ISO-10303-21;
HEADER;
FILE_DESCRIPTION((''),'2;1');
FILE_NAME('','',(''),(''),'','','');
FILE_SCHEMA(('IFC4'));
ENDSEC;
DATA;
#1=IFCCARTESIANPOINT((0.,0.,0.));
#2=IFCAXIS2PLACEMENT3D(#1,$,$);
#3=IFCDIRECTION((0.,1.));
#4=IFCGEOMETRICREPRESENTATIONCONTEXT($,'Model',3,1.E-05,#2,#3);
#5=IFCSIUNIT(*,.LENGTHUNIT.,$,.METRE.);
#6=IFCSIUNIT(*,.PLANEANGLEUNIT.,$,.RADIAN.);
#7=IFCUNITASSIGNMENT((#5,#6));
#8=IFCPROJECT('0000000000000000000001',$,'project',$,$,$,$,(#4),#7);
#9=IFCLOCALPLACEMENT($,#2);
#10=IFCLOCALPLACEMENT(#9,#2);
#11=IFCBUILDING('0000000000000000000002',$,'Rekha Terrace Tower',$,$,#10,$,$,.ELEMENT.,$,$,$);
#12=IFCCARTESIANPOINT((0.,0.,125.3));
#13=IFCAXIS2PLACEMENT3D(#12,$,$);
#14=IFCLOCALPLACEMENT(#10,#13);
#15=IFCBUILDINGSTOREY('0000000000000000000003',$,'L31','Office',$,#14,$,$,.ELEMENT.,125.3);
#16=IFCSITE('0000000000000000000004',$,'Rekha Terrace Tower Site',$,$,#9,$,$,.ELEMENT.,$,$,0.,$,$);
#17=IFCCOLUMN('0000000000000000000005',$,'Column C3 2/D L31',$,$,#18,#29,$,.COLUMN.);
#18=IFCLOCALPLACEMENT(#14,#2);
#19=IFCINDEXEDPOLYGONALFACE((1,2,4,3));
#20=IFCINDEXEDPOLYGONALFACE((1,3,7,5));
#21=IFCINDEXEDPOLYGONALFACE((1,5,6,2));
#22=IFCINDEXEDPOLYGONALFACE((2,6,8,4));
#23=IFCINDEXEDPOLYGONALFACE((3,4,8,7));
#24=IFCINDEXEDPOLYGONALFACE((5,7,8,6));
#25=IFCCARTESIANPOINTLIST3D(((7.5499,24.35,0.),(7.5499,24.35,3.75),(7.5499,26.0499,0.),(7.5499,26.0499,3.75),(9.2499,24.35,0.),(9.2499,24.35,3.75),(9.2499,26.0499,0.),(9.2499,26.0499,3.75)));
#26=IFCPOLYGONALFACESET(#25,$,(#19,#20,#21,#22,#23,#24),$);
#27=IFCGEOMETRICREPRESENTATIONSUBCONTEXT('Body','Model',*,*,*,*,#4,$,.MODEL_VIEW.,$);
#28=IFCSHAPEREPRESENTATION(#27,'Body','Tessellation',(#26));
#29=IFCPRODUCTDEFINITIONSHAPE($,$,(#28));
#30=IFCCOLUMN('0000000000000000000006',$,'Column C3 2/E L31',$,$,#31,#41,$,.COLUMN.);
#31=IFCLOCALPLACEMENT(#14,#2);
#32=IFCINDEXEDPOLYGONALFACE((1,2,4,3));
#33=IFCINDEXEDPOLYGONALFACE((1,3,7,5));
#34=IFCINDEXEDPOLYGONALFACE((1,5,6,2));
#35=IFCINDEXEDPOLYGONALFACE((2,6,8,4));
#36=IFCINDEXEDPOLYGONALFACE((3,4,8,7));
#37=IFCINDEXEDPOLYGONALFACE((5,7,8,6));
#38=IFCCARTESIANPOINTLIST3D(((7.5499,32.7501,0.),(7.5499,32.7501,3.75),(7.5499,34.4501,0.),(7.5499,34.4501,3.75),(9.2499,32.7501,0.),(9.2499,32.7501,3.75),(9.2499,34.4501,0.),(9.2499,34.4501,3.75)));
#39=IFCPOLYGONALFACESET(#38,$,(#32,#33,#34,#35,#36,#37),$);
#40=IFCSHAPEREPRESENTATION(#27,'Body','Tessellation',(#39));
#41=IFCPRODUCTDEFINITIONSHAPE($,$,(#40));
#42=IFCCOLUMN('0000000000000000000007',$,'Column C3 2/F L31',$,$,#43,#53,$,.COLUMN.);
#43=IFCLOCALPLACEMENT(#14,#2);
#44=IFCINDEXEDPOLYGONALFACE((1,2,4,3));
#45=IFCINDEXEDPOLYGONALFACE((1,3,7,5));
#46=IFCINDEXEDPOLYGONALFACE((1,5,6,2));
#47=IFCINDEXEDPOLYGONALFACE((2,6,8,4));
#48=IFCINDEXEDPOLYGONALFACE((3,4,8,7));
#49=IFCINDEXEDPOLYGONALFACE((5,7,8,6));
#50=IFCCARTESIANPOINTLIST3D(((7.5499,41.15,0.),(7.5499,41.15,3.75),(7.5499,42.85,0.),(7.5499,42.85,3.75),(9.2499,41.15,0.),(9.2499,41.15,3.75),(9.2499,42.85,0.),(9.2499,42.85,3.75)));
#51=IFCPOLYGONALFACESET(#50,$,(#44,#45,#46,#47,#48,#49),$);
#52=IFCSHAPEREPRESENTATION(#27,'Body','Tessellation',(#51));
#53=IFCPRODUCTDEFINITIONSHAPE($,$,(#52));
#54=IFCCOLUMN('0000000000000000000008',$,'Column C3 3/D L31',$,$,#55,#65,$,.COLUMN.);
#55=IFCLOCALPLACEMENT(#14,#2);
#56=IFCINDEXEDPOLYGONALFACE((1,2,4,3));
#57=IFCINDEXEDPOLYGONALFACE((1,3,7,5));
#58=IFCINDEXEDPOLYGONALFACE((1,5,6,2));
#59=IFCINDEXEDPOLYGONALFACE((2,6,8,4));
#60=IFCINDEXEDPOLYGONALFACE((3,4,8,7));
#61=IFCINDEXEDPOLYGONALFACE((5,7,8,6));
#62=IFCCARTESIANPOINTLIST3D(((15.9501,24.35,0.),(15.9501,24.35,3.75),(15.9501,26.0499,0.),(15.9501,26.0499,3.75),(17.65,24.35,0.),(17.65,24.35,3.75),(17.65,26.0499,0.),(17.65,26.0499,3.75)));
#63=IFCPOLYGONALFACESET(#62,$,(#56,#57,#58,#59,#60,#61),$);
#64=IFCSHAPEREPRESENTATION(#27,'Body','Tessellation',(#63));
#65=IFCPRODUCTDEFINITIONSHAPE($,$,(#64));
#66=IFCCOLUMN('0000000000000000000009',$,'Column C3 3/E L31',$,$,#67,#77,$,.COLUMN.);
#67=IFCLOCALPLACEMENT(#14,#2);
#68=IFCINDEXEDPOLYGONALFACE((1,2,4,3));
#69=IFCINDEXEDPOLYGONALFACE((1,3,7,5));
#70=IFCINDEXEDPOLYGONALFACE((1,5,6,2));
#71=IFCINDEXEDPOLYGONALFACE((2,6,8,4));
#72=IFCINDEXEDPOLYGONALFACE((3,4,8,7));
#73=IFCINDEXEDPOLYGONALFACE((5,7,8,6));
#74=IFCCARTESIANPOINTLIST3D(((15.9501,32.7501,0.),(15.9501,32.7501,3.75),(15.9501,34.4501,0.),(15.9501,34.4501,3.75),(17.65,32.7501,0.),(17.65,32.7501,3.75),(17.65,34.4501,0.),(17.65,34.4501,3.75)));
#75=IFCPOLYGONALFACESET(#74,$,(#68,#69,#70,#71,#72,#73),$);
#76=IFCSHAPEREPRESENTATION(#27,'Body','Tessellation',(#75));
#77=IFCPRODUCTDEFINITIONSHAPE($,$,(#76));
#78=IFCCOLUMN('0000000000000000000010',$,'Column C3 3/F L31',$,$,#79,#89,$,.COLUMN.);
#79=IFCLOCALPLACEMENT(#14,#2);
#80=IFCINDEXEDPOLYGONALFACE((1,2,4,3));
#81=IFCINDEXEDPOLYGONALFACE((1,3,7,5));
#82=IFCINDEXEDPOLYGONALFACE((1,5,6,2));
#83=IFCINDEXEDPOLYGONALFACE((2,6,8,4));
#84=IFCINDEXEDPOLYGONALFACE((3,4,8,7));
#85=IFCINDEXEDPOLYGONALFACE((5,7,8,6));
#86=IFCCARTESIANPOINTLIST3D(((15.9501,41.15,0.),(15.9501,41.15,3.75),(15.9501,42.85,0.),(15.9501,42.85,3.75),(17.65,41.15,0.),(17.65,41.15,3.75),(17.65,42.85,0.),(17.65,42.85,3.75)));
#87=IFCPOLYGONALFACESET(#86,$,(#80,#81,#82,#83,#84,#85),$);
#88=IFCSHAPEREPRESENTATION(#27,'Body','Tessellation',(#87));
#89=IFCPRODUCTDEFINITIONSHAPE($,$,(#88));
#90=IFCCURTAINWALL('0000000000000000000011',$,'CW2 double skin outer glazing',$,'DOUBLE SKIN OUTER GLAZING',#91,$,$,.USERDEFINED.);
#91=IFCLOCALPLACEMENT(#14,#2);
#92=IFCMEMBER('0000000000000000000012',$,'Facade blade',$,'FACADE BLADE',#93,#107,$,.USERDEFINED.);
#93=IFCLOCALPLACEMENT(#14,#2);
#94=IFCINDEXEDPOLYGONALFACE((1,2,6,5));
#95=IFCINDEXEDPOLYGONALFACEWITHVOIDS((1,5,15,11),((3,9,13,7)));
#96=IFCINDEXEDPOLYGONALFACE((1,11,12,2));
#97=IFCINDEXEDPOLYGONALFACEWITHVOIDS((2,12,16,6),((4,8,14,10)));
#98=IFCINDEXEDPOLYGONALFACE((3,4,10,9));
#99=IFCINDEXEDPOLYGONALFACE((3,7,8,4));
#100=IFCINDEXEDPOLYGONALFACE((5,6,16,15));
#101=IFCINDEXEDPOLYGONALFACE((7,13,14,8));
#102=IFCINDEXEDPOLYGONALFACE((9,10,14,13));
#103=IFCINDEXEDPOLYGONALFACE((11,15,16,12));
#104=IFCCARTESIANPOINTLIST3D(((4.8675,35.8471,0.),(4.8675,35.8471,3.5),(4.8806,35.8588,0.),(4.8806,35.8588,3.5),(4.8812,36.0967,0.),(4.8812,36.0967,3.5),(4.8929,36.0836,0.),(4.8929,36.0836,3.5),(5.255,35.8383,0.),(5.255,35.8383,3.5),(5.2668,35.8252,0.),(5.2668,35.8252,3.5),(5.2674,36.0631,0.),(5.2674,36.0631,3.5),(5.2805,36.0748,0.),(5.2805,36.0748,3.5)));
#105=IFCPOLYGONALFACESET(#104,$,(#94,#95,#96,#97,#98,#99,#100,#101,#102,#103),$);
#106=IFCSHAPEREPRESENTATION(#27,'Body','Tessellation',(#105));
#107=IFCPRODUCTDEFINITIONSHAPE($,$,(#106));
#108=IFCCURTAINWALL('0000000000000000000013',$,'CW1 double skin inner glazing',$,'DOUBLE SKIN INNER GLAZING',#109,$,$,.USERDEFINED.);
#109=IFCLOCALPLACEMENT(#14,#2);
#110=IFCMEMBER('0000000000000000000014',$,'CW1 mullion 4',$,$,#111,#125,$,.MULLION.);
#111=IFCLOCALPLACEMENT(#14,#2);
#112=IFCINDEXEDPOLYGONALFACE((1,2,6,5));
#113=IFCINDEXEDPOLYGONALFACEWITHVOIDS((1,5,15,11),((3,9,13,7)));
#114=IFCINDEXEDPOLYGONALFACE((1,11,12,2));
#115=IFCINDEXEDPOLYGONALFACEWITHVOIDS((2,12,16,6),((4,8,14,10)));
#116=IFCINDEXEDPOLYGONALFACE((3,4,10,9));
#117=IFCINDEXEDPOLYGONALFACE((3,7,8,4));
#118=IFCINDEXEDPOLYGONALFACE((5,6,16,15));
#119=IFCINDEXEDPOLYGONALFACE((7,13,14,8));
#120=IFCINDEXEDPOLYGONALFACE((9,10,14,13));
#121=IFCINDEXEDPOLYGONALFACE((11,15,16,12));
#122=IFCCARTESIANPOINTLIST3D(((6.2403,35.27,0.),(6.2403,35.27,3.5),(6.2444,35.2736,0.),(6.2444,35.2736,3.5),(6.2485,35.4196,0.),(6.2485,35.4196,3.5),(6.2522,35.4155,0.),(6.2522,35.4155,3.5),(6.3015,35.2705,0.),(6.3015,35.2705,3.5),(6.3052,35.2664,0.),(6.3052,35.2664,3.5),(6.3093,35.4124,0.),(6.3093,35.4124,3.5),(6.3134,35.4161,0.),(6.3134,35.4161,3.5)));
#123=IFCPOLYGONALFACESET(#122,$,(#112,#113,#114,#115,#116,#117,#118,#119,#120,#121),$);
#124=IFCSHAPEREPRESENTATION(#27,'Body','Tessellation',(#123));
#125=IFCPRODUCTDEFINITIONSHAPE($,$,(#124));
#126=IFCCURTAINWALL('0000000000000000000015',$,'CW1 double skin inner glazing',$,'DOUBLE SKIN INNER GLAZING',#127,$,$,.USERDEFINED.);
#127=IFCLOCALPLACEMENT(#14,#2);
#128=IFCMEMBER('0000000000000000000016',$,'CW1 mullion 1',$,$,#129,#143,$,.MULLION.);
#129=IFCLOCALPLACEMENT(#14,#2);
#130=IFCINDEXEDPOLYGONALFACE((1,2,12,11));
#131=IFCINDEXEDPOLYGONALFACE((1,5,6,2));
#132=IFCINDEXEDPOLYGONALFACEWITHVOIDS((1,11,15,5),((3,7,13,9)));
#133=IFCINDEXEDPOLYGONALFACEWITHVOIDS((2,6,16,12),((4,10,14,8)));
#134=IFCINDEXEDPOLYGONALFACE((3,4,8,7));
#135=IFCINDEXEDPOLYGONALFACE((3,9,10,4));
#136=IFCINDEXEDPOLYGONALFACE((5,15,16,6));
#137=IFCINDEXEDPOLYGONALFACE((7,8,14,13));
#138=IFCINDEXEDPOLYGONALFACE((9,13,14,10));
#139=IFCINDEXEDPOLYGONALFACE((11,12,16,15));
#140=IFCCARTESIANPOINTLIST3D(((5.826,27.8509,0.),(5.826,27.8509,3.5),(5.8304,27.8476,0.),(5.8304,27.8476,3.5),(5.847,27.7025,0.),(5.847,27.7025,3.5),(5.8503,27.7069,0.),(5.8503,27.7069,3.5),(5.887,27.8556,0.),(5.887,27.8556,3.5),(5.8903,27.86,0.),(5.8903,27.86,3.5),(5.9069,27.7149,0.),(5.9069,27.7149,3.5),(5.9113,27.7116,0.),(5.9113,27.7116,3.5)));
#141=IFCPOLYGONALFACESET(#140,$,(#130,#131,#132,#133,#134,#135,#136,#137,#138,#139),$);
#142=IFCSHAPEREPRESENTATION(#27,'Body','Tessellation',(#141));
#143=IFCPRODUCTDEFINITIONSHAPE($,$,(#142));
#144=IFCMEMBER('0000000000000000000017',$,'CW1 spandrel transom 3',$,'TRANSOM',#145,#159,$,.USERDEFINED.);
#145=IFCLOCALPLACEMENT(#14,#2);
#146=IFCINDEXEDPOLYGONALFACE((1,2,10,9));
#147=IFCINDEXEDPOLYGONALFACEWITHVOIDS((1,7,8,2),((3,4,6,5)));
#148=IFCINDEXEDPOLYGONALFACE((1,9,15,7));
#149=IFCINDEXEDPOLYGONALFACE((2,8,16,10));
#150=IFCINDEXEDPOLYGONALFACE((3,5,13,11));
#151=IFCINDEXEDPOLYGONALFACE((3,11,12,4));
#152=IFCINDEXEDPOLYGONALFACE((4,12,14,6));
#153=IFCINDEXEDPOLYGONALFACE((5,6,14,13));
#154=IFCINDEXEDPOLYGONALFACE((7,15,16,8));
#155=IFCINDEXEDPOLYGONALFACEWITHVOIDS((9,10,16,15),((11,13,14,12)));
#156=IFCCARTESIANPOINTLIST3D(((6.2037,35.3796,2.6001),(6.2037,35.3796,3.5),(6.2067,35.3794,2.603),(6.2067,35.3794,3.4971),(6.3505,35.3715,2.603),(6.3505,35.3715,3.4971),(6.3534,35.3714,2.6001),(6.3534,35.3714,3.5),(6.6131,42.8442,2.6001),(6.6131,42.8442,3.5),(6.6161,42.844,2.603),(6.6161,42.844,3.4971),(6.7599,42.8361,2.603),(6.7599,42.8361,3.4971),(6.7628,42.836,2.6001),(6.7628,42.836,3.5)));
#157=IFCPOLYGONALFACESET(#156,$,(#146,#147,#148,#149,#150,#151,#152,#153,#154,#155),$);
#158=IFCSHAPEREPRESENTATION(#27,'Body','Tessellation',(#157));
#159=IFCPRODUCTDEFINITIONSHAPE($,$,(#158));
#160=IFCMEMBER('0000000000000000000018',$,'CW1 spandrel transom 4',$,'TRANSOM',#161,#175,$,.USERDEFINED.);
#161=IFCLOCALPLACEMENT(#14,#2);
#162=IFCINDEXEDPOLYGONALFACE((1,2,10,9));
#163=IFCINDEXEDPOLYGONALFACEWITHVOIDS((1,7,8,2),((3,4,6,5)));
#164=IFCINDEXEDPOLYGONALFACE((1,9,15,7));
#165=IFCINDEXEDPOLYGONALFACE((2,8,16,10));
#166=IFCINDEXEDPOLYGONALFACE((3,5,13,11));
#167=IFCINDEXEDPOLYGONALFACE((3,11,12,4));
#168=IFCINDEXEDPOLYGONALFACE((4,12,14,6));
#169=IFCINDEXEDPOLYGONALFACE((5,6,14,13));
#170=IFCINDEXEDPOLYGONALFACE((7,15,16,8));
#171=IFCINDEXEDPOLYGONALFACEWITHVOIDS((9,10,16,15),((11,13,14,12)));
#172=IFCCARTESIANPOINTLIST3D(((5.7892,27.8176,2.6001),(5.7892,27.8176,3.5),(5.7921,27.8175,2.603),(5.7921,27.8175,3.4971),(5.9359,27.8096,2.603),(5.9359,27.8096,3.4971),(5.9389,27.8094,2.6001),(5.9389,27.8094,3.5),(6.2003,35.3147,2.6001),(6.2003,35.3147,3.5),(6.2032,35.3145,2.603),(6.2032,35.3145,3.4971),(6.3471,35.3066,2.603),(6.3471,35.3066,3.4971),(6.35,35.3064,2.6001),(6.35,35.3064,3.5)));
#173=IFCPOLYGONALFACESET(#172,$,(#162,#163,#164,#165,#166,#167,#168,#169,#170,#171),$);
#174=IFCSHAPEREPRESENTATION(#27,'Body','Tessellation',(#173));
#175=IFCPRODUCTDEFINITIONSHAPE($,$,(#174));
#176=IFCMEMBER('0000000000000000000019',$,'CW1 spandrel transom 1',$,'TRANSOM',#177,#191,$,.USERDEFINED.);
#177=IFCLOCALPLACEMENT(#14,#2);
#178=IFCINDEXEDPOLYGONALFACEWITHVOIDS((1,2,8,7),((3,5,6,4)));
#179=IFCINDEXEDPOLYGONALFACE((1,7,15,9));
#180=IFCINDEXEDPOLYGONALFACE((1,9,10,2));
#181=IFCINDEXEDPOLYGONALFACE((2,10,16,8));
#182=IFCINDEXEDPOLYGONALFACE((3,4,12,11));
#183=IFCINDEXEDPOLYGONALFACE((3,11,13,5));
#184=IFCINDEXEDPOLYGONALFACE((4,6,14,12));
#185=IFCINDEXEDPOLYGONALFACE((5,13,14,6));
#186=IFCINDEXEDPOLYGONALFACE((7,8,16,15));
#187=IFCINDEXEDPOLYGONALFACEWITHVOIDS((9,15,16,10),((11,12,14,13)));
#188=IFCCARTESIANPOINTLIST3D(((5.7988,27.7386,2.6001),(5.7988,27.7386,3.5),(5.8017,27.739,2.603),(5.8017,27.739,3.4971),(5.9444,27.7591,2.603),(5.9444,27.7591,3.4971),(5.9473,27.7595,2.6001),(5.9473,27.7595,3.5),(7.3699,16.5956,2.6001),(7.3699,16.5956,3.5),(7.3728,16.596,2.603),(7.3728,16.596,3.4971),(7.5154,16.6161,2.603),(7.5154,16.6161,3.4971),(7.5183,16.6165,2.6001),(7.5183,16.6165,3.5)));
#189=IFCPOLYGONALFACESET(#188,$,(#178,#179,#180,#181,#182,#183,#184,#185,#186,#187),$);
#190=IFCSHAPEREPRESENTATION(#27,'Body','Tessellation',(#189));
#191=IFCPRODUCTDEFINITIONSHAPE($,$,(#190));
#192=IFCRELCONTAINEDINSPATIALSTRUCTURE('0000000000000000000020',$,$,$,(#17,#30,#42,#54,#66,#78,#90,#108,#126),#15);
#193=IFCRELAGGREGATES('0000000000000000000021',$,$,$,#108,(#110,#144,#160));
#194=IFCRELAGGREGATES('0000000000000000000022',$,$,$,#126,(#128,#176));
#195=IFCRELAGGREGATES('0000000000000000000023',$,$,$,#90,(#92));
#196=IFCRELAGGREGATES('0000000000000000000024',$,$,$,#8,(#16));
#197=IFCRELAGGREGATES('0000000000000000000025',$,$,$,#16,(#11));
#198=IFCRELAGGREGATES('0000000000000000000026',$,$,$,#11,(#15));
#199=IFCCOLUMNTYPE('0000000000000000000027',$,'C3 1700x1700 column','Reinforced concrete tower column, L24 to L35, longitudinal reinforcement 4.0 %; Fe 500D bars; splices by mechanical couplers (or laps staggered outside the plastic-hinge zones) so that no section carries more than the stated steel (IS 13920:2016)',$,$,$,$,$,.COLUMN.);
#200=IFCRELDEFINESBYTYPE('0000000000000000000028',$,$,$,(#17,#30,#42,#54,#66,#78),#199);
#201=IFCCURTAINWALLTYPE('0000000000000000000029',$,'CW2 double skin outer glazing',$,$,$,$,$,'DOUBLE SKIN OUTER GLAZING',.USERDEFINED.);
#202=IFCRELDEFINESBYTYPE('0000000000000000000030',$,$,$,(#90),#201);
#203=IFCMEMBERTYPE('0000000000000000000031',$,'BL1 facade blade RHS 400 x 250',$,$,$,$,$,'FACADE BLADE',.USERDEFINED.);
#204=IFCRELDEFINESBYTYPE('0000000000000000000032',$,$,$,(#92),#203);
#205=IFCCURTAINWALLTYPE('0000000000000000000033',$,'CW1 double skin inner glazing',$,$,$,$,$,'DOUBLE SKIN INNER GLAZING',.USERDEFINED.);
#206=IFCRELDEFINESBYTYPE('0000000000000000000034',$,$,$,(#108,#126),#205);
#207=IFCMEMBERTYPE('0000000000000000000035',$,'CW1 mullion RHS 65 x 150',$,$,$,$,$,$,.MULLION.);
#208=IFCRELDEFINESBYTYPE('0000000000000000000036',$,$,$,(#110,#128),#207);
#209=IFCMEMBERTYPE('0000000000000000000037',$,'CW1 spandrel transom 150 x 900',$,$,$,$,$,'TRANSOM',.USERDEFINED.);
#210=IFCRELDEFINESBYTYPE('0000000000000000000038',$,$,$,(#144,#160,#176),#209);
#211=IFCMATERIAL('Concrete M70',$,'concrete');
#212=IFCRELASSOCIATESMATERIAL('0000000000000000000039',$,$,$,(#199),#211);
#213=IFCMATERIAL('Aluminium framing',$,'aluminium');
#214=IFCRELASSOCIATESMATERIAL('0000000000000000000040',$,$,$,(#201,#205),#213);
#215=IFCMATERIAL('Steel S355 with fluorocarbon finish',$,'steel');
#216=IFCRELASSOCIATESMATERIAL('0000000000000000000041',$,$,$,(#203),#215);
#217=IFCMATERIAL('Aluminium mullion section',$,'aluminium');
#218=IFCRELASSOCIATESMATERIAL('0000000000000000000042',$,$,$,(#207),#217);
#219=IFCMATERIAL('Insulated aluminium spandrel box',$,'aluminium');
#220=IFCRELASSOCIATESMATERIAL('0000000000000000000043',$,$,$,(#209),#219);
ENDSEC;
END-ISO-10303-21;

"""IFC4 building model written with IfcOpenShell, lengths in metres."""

from ifc_helpers import new_model, si_unit, direction, frame, origin, origin_2d, place, context, subcontext, project, spatial, rectangle, hollow_rectangle, extrude, material, material_profile, profile_set, type_object, element, aggregate, save


model = new_model("IFC4")

# Units and contexts
model_context = context("Model", 3, precision=1e-05, world=origin(), true_north=direction((0.0, 1.0)))
body_context = subcontext(model_context, "Body", "Model", "MODEL_VIEW")
ifc_project = project(units=[si_unit("LENGTHUNIT", "METRE"), si_unit("PLANEANGLEUNIT", "RADIAN")], contexts=[model_context])

# Site, building, storey
site_placement = place(None, origin())
site = spatial("IfcSite", under=ifc_project, at=site_placement, Name="Rekha Terrace Tower Site", CompositionType="ELEMENT", RefElevation=0.0)
building_placement = place(site_placement, origin())
building = spatial("IfcBuilding", under=site, at=building_placement, Name="Rekha Terrace Tower", CompositionType="ELEMENT")
storey_placement = place(building_placement, frame((0.0, 0.0, 125.3)))
storey = spatial("IfcBuildingStorey", under=building, at=storey_placement, Name="L31", Description="Office", CompositionType="ELEMENT", Elevation=125.3)

# Columns
ifc_material_1 = material(Name="Concrete M70", Category="concrete")
ifc_material_profile_1 = material_profile(ifc_material_1, rectangle(XDim=1.7, YDim=1.7, at=origin_2d()), Name="RC 1700x1700")
ifc_profile_set_1 = profile_set([ifc_material_profile_1], Name="Concrete M70")
column_type = type_object("IfcColumnType", Name="C3 1700x1700 column", Description="Reinforced concrete tower column, L24 to L35, longitudinal reinforcement 4.0 %; Fe 500D bars; splices by mechanical couplers (or laps staggered outside the plastic-hinge zones) so that no section carries more than the stated steel (IS 13920:2016)", PredefinedType="COLUMN", material=ifc_profile_set_1)
for number, where, z_axis, x_axis, name in (
    (1, (8.3999, 25.2, 0.0), (0.0, 0.0, 1.0), (1.0, 0.0, 0.0), "Column C3 2/D L31"),
    (2, (8.3999, 33.6001, 0.0), (0.0, 0.0, 1.0), (1.0, 0.0, 0.0), "Column C3 2/E L31"),
    (3, (8.3999, 42.0, 0.0), (0.0, 0.0, 1.0), (1.0, 0.0, 0.0), "Column C3 2/F L31"),
    (4, (16.8, 25.2, 0.0), (0.0, 0.0, 1.0), (1.0, 0.0, 0.0), "Column C3 3/D L31"),
    (5, (16.8, 33.6001, 0.0), (0.0, 0.0, 1.0), (1.0, 0.0, 0.0), "Column C3 3/E L31"),
    (6, (16.8, 42.0, 0.0), (0.0, 0.0, 1.0), (1.0, 0.0, 0.0), "Column C3 3/F L31"),
):
    element("IfcColumn", number, at=place(storey_placement, frame(where, z_axis=z_axis, x_axis=x_axis)), inside=storey, type_object=column_type, Name=name, PredefinedType="COLUMN", context=body_context, shape_type="SweptSolid", body=[
        extrude(rectangle(XDim=1.7, YDim=1.7, at=origin_2d()), origin(), (0.0, 0.0, 1.0), 3.75),
    ])

# Curtain walls, members
ifc_material_2 = material(Name="Aluminium framing", Category="aluminium")
curtain_wall_type_1 = type_object("IfcCurtainWallType", Name="CW2 double skin outer glazing", ElementType="DOUBLE SKIN OUTER GLAZING", PredefinedType="USERDEFINED", material=ifc_material_2)
curtain_wall_1_placement = place(storey_placement, origin())
curtain_wall_1 = element("IfcCurtainWall", 7, at=curtain_wall_1_placement, inside=storey, type_object=curtain_wall_type_1, Name="CW2 double skin outer glazing", ObjectType="DOUBLE SKIN OUTER GLAZING", PredefinedType="USERDEFINED")
ifc_material_3 = material(Name="Steel S355 with fluorocarbon finish", Category="steel")
ifc_material_profile_2 = material_profile(ifc_material_3, hollow_rectangle(XDim=0.25, YDim=0.3999, WallThickness=0.0125, at=origin_2d()), Name="RHS400x250x12.5")
ifc_profile_set_2 = profile_set([ifc_material_profile_2], Name="Steel S355 with fluorocarbon finish")
member_type_1 = type_object("IfcMemberType", Name="BL1 facade blade RHS 400 x 250", ElementType="FACADE BLADE", PredefinedType="USERDEFINED", material=ifc_profile_set_2)
member_1_placement = place(storey_placement, frame((5.074, 35.9609, 0.0), z_axis=(0.0, 0.0, 1.0), x_axis=(-0.054743, -0.9985, 0.0)))
member_1 = element("IfcMember", 8, at=member_1_placement, type_object=member_type_1, Name="Facade blade", ObjectType="FACADE BLADE", PredefinedType="USERDEFINED", context=body_context, shape_type="SweptSolid", body=[
    extrude(hollow_rectangle(XDim=0.25, YDim=0.3999, WallThickness=0.0125, at=origin_2d()), origin(), (0.0, 0.0, 1.0), 3.5),
])
curtain_wall_type_2 = type_object("IfcCurtainWallType", Name="CW1 double skin inner glazing", ElementType="DOUBLE SKIN INNER GLAZING", PredefinedType="USERDEFINED", material=ifc_material_2)
curtain_wall_2_placement = place(storey_placement, origin())
curtain_wall_2 = element("IfcCurtainWall", 9, at=curtain_wall_2_placement, inside=storey, type_object=curtain_wall_type_2, Name="CW1 double skin inner glazing", ObjectType="DOUBLE SKIN INNER GLAZING", PredefinedType="USERDEFINED")
ifc_material_4 = material(Name="Aluminium mullion section", Category="aluminium")
ifc_material_profile_3 = material_profile(ifc_material_4, hollow_rectangle(XDim=0.0649, YDim=0.1499, WallThickness=0.0039, at=origin_2d()), Name="AL RHS 65x150")
ifc_profile_set_3 = profile_set([ifc_material_profile_3], Name="Aluminium mullion section")
member_type_2 = type_object("IfcMemberType", Name="CW1 mullion RHS 65 x 150", PredefinedType="MULLION", material=ifc_profile_set_3)
member_2_placement = place(storey_placement, frame((6.2769, 35.343, 0.0), z_axis=(0.0, 0.0, 1.0), x_axis=(0.998501, -0.054742, 0.0)))
member_2 = element("IfcMember", 10, at=member_2_placement, type_object=member_type_2, Name="CW1 mullion 4", PredefinedType="MULLION", context=body_context, shape_type="SweptSolid", body=[
    extrude(hollow_rectangle(XDim=0.0649, YDim=0.1499, WallThickness=0.0039, at=origin_2d()), origin(), (0.0, 0.0, 1.0), 3.5),
])
curtain_wall_3_placement = place(storey_placement, origin())
curtain_wall_3 = element("IfcCurtainWall", 11, at=curtain_wall_3_placement, inside=storey, type_object=curtain_wall_type_2, Name="CW1 double skin inner glazing", ObjectType="DOUBLE SKIN INNER GLAZING", PredefinedType="USERDEFINED")
member_3_placement = place(storey_placement, frame((5.8687, 27.7812, 0.0), z_axis=(0.0, 0.0, 1.0), x_axis=(0.990208, 0.139597, 0.0)))
member_3 = element("IfcMember", 12, at=member_3_placement, type_object=member_type_2, Name="CW1 mullion 1", PredefinedType="MULLION", context=body_context, shape_type="SweptSolid", body=[
    extrude(hollow_rectangle(XDim=0.0649, YDim=0.1499, WallThickness=0.0039, at=origin_2d()), origin(), (0.0, 0.0, 1.0), 3.5),
])

# Members
ifc_material_5 = material(Name="Insulated aluminium spandrel box", Category="aluminium")
ifc_material_profile_4 = material_profile(ifc_material_5, hollow_rectangle(XDim=0.1499, YDim=0.8999, WallThickness=0.0029, at=origin_2d()), Name="AL SPANDREL BOX 150x900")
ifc_profile_set_4 = profile_set([ifc_material_profile_4], Name="Insulated aluminium spandrel box")
member_type_3 = type_object("IfcMemberType", Name="CW1 spandrel transom 150 x 900", ElementType="TRANSOM", PredefinedType="USERDEFINED", material=ifc_profile_set_4)
member_4_placement = place(storey_placement, frame((6.688, 42.8401, 3.05), z_axis=(-0.054766, -0.998499, 0.0), x_axis=(0.998499, -0.054766, 0.0)))
member_4 = element("IfcMember", 13, at=member_4_placement, type_object=member_type_3, Name="CW1 spandrel transom 3", ObjectType="TRANSOM", PredefinedType="USERDEFINED", context=body_context, shape_type="SweptSolid", body=[
    extrude(hollow_rectangle(XDim=0.1499, YDim=0.8999, WallThickness=0.0029, at=origin_2d()), origin(), (0.0, 0.0, 1.0), 7.4758),
])
member_5_placement = place(storey_placement, frame((6.2751, 35.3105, 3.05), z_axis=(-0.054757, -0.9985, 0.0), x_axis=(0.9985, -0.054757, 0.0)))
member_5 = element("IfcMember", 14, at=member_5_placement, type_object=member_type_3, Name="CW1 spandrel transom 4", ObjectType="TRANSOM", PredefinedType="USERDEFINED", context=body_context, shape_type="SweptSolid", body=[
    extrude(hollow_rectangle(XDim=0.1499, YDim=0.8999, WallThickness=0.0029, at=origin_2d()), origin(), (0.0, 0.0, 1.0), 7.5083),
])
member_6_placement = place(storey_placement, frame((5.873, 27.749, 3.05), z_axis=(0.139608, -0.990207, 0.0), x_axis=(0.990207, 0.139608, 0.0)))
member_6 = element("IfcMember", 15, at=member_6_placement, type_object=member_type_3, Name="CW1 spandrel transom 1", ObjectType="TRANSOM", PredefinedType="USERDEFINED", context=body_context, shape_type="SweptSolid", body=[
    extrude(hollow_rectangle(XDim=0.1499, YDim=0.8999, WallThickness=0.0029, at=origin_2d()), origin(), (0.0, 0.0, 1.0), 11.2532),
])

aggregate(curtain_wall_2, [member_2, member_4, member_5])
aggregate(curtain_wall_3, [member_3, member_6])
aggregate(curtain_wall_1, [member_1])

save(model, "model.ifc")
